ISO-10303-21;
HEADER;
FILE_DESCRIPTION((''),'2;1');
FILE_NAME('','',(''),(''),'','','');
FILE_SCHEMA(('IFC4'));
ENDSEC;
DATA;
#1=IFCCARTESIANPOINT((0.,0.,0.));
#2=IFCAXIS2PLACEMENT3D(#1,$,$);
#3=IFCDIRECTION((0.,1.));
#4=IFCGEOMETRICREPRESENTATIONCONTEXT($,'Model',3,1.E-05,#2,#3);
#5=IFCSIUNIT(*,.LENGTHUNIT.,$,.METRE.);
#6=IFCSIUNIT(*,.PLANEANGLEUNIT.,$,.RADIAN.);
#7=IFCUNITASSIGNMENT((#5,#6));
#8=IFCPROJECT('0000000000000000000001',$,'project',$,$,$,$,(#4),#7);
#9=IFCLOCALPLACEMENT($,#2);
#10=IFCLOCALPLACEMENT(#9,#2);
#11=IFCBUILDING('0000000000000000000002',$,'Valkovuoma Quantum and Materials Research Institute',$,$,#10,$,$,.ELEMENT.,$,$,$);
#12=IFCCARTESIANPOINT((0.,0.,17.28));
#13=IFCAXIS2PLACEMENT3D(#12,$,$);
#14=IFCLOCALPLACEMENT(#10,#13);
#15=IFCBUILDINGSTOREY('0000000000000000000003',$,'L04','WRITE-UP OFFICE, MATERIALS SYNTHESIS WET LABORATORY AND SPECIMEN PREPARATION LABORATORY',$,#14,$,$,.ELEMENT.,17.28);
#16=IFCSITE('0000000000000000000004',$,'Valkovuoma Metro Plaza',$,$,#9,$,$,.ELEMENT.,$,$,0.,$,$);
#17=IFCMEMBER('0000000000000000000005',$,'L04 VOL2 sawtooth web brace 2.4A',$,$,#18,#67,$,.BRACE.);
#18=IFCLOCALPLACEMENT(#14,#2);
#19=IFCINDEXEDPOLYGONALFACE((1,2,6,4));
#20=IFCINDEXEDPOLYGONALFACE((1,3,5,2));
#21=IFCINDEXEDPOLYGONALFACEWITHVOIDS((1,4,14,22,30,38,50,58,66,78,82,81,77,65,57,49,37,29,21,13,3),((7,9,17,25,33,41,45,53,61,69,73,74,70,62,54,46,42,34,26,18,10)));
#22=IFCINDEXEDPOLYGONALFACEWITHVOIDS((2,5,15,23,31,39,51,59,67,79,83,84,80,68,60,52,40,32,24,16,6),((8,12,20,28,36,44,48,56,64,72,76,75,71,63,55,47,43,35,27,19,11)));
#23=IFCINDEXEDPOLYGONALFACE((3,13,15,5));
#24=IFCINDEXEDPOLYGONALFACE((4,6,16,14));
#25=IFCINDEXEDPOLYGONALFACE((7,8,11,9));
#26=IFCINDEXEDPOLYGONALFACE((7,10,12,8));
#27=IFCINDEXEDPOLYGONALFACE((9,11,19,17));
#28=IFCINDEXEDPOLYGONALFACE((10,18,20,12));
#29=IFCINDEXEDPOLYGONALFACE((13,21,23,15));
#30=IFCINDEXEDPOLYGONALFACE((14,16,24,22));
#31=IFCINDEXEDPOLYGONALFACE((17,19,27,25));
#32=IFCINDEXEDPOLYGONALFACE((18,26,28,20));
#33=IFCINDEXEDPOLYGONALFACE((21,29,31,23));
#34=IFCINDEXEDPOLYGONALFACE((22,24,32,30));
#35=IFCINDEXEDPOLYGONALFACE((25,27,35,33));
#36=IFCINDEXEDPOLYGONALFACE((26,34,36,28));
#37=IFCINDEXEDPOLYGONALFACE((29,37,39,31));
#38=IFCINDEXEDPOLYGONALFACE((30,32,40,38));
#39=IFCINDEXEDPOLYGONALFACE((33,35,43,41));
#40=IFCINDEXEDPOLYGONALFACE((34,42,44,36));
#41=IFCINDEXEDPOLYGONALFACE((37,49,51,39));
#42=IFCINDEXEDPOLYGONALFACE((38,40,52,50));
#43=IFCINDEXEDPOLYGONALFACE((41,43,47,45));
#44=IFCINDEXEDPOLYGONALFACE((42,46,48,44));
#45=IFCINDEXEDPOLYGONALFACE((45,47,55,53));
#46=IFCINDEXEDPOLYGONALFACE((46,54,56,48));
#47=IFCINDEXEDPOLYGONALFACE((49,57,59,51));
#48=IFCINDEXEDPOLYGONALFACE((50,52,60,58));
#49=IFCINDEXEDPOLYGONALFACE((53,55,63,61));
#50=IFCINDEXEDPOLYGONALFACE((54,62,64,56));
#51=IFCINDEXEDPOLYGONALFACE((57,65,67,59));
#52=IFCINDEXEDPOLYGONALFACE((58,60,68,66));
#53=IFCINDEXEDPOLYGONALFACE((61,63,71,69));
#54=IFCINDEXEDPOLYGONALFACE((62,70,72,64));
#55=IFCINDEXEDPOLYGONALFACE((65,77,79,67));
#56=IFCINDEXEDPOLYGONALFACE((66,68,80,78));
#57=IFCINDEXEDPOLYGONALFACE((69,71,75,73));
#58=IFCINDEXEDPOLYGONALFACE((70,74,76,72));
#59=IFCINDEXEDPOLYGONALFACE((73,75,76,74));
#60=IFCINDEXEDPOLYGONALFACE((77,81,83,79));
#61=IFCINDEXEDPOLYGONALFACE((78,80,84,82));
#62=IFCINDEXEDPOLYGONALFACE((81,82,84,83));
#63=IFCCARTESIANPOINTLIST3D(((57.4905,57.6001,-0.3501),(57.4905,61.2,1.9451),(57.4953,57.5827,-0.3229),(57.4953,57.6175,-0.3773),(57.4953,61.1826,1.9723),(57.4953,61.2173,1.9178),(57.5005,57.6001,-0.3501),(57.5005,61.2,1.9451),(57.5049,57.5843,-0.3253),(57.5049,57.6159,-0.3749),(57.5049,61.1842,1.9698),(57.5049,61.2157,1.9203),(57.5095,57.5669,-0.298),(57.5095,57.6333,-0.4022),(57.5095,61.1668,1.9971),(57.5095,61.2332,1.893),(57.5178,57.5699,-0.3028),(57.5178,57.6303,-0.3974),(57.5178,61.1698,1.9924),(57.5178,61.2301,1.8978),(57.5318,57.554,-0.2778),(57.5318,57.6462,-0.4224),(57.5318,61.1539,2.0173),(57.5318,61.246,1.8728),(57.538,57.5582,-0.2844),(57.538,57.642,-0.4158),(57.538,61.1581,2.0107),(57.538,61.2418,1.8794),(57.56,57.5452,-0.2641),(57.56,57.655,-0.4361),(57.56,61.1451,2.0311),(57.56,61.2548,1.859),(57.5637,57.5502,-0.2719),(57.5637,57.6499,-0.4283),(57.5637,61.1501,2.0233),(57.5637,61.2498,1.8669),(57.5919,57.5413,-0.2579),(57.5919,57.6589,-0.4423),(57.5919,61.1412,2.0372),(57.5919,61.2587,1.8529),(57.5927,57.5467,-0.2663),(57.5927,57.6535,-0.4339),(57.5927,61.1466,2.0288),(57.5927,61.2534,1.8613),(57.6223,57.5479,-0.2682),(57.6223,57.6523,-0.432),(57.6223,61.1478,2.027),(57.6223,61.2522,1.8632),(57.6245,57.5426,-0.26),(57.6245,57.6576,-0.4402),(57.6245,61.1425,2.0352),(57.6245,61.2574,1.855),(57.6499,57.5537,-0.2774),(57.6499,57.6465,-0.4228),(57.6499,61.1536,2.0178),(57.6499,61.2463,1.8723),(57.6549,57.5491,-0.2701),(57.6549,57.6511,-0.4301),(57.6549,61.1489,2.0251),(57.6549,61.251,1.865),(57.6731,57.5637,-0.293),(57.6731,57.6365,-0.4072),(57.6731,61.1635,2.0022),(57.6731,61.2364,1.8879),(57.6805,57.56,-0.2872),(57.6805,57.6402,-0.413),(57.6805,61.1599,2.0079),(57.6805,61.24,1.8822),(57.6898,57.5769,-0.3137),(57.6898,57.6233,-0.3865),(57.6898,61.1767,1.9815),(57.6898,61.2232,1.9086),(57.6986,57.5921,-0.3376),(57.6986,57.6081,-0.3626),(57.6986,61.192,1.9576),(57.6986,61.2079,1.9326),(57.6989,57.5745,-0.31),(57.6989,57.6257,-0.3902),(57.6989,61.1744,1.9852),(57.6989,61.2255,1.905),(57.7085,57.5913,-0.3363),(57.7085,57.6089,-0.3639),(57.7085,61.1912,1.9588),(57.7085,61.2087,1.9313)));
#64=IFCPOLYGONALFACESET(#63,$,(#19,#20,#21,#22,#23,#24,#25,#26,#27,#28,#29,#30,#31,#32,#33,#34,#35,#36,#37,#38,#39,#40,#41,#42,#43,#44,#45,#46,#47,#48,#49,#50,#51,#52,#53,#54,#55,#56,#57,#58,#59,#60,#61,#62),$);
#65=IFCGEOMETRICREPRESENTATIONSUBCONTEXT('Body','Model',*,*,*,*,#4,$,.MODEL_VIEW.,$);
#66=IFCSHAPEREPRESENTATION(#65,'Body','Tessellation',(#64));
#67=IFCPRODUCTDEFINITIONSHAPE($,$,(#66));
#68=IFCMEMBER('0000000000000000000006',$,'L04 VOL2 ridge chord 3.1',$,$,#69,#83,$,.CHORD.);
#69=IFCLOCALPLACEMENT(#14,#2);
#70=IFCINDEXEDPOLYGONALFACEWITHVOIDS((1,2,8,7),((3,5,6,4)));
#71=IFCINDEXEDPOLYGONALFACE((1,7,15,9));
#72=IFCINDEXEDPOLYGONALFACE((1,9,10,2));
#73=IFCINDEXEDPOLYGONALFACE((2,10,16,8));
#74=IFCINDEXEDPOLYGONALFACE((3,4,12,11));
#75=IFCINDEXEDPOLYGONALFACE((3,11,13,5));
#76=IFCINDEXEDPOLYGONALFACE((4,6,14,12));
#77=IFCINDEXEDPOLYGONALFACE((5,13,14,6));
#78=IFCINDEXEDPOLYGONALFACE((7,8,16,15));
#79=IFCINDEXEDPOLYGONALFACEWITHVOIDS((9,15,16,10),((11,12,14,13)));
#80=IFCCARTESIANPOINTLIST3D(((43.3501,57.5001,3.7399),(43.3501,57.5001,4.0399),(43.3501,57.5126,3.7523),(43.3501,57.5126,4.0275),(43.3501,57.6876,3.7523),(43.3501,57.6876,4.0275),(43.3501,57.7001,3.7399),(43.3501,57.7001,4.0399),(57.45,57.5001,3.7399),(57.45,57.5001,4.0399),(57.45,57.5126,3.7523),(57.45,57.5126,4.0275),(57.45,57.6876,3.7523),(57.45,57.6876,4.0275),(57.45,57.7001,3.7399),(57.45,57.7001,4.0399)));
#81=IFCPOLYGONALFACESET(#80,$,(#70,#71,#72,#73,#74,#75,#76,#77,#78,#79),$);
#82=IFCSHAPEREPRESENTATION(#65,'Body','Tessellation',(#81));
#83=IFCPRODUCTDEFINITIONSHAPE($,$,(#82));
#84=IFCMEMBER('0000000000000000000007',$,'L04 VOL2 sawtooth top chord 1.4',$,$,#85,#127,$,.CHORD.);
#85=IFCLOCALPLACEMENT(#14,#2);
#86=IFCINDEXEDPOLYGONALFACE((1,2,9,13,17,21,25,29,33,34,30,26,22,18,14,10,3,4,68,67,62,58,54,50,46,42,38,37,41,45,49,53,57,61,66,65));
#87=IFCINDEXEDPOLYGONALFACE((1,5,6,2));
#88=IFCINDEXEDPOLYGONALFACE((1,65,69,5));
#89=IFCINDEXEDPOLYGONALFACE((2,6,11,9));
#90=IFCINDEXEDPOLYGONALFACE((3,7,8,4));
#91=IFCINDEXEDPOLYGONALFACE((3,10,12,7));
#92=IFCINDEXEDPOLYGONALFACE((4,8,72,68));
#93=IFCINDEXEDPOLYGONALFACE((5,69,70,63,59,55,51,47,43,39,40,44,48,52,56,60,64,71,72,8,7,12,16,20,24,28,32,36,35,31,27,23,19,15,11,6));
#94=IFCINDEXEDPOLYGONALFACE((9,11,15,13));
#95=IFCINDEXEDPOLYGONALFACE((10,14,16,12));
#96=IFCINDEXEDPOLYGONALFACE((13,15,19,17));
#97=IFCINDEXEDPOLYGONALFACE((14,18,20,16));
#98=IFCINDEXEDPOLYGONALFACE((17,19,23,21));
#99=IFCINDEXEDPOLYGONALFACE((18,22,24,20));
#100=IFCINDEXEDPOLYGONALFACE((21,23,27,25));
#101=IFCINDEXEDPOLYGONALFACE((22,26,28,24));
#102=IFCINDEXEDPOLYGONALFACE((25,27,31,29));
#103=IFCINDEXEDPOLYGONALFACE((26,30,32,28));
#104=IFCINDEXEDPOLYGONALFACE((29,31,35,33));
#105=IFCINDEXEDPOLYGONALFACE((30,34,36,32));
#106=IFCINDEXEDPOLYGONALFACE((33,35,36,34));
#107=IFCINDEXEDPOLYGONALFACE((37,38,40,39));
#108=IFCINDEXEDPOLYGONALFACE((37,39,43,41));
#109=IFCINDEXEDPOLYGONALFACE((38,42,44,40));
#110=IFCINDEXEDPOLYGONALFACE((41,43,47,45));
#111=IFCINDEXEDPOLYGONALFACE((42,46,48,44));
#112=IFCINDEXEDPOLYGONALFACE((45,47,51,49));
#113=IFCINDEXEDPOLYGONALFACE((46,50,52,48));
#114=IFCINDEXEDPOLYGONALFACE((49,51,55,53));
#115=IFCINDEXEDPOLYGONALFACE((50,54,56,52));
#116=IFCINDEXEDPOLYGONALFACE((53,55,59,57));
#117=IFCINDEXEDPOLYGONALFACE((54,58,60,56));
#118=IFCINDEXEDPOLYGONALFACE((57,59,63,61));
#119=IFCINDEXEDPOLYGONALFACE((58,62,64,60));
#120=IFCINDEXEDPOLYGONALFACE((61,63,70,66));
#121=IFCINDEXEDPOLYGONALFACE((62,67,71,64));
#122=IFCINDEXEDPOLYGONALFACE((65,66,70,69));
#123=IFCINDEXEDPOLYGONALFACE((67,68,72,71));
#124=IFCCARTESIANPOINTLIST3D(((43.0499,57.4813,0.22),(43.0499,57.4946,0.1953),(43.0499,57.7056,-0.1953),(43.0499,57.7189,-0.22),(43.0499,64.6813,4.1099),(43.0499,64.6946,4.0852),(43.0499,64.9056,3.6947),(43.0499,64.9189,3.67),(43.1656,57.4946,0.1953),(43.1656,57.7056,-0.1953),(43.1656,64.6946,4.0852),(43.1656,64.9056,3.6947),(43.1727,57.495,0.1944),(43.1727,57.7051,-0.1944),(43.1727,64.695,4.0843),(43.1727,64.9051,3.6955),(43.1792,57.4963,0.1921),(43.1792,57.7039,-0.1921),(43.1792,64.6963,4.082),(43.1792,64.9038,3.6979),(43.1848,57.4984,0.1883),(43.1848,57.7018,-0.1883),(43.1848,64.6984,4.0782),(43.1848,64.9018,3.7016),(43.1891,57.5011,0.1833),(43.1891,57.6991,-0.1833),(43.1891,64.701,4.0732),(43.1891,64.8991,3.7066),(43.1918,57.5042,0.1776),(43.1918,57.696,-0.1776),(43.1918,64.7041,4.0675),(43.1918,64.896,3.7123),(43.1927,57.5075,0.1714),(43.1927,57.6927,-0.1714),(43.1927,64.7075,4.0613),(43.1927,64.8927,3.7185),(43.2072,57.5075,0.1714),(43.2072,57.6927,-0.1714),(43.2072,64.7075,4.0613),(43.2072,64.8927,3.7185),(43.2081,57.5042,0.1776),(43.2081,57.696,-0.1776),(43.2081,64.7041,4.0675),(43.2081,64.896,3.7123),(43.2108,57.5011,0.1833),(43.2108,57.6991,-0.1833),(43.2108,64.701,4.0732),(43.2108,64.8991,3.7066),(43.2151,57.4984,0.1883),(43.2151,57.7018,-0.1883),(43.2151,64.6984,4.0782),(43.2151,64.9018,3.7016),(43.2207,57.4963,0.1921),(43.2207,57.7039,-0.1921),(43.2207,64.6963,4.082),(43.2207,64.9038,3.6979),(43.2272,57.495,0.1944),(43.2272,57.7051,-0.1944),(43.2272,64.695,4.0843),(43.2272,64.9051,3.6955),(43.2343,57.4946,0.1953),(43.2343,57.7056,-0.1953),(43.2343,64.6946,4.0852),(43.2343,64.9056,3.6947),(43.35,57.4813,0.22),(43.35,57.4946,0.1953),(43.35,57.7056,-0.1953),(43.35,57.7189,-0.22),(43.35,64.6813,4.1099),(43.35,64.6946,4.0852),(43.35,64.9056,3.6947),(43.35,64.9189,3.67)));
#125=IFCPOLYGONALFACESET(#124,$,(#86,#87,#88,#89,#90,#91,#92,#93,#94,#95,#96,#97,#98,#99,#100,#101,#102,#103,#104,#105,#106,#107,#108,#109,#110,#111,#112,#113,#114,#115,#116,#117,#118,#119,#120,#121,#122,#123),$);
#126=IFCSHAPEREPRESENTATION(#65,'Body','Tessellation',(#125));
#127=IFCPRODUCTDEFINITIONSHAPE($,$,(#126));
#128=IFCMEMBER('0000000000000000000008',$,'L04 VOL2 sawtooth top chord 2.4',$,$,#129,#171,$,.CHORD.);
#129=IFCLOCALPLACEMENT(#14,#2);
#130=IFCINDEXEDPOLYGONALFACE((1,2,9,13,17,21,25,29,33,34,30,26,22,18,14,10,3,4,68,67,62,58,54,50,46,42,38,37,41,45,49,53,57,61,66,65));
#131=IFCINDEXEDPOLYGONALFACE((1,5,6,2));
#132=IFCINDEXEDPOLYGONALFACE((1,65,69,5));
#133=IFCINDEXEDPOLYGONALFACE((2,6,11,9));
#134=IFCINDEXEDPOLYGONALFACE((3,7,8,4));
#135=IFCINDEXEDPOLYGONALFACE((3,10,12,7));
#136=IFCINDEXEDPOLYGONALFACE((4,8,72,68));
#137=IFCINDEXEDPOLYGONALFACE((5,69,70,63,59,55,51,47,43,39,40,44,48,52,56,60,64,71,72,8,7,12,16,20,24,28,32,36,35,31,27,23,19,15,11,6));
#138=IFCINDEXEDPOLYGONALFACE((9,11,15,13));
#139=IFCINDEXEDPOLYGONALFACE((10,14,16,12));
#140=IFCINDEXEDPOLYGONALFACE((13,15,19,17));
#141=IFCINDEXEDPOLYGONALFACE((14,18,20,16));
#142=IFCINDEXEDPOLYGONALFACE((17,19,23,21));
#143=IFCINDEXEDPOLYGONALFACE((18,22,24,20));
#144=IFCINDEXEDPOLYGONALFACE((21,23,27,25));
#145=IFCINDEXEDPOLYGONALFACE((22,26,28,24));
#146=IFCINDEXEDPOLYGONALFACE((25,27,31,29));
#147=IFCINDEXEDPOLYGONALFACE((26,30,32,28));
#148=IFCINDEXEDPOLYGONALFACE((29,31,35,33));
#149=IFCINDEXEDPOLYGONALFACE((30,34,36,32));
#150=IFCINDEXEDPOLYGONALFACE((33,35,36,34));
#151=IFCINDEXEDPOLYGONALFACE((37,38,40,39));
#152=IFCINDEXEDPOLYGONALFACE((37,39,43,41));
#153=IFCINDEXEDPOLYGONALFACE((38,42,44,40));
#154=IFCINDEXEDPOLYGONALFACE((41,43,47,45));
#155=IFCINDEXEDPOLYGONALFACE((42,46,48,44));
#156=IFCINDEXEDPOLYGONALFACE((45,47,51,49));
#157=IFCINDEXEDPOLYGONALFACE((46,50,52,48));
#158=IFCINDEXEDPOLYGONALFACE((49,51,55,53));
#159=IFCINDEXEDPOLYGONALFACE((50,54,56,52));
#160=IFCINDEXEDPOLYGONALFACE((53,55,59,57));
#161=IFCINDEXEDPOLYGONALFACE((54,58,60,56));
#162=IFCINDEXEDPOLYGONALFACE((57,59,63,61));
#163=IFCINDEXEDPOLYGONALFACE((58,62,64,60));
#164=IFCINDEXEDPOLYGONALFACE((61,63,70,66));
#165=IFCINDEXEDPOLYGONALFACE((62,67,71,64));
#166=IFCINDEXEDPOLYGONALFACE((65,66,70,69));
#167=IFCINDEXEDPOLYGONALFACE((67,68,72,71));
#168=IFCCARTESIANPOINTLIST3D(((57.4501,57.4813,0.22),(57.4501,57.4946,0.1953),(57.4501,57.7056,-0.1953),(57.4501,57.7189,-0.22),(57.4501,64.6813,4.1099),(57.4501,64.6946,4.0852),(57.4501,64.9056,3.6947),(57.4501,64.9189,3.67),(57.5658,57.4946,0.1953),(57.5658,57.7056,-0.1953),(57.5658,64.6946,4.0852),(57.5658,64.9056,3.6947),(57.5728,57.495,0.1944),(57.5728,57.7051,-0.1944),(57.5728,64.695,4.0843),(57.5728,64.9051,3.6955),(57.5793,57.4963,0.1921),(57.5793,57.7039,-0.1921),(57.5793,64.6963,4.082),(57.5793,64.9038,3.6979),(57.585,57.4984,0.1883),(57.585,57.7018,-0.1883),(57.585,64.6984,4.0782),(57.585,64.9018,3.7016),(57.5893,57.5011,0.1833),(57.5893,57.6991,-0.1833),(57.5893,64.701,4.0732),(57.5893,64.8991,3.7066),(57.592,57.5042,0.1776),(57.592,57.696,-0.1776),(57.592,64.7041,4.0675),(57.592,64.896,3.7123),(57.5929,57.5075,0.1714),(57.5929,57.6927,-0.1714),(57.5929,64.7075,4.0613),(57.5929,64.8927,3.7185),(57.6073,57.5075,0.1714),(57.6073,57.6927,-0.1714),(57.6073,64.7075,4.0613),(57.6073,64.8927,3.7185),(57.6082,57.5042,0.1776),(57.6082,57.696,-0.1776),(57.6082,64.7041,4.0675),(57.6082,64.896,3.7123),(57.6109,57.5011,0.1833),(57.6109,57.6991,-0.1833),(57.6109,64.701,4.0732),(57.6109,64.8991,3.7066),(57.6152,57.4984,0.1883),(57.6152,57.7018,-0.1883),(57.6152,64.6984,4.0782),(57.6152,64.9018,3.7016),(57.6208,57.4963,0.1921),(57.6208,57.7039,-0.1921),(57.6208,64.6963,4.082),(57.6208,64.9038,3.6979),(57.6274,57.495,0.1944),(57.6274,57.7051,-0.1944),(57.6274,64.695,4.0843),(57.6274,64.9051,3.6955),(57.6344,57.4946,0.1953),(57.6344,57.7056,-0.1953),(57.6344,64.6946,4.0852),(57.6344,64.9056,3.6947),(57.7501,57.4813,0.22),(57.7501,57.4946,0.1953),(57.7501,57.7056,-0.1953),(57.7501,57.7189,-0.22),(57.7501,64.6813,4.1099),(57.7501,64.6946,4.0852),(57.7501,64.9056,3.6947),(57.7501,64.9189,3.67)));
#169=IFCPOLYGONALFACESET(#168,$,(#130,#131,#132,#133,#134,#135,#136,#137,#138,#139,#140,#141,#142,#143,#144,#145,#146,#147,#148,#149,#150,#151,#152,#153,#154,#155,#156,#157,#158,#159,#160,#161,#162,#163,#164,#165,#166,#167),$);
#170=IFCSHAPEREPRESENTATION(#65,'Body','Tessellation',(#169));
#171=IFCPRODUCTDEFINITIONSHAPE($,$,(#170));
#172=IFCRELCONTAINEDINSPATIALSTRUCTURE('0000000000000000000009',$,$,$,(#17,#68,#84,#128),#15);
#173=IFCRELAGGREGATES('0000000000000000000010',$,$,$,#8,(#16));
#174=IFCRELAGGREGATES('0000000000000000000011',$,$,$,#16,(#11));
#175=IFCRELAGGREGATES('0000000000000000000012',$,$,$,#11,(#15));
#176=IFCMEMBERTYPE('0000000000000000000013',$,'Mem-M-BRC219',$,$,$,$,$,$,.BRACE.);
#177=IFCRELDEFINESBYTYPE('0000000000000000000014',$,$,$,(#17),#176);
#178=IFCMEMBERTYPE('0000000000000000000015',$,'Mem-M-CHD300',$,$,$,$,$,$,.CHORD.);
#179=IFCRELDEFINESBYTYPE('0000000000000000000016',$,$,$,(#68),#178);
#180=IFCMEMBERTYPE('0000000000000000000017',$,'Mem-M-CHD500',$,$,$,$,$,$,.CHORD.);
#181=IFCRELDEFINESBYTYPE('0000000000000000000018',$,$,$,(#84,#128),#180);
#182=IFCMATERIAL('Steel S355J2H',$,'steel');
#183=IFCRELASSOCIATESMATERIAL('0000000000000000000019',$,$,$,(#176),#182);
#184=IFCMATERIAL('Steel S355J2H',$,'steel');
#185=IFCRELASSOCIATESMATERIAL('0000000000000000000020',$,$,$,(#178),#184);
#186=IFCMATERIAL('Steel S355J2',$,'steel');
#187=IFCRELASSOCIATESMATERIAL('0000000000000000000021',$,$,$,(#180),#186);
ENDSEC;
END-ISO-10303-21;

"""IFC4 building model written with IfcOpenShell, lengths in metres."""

from ifc_helpers import new_model, si_unit, direction, frame, origin, origin_2d, place, context, subcontext, project, spatial, hollow_rectangle, hollow_circle, i_section, extrude, material, material_profile, profile_set, type_object, element, save


model = new_model("IFC4")

# Units and contexts
model_context = context("Model", 3, precision=1e-05, world=origin(), true_north=direction((0.0, 1.0)))
body_context = subcontext(model_context, "Body", "Model", "MODEL_VIEW")
ifc_project = project(units=[si_unit("LENGTHUNIT", "METRE"), si_unit("PLANEANGLEUNIT", "RADIAN")], contexts=[model_context])

# Site, building, storey
site_placement = place(None, origin())
site = spatial("IfcSite", under=ifc_project, at=site_placement, Name="Valkovuoma Metro Plaza", CompositionType="ELEMENT", RefElevation=0.0)
building_placement = place(site_placement, origin())
building = spatial("IfcBuilding", under=site, at=building_placement, Name="Valkovuoma Quantum and Materials Research Institute", CompositionType="ELEMENT")
storey_placement = place(building_placement, frame((0.0, 0.0, 17.28)))
storey = spatial("IfcBuildingStorey", under=building, at=storey_placement, Name="L04", Description="WRITE-UP OFFICE, MATERIALS SYNTHESIS WET LABORATORY AND SPECIMEN PREPARATION LABORATORY", CompositionType="ELEMENT", Elevation=17.28)

# Members
ifc_material_1 = material(Name="Steel S355J2H", Category="steel")
ifc_material_profile_1 = material_profile(ifc_material_1, hollow_circle(Radius=0.1096, WallThickness=0.01, at=origin_2d()), Name="Steel S355J2H")
ifc_profile_set_1 = profile_set([ifc_material_profile_1], Name="Steel S355J2H")
member_type_1 = type_object("IfcMemberType", Name="Mem-M-BRC219", PredefinedType="BRACE", material=ifc_profile_set_1)
for number, where, z_axis, x_axis, name in (
    (1, (57.6001, 57.6001, -0.3501), (0.0, 0.8432, 0.537601), (-1.0, 0.0, 0.0), "L04 VOL2 sawtooth web brace 2.4A"),
):
    element("IfcMember", number, at=place(storey_placement, frame(where, z_axis=z_axis, x_axis=x_axis)), inside=storey, type_object=member_type_1, Name=name, PredefinedType="BRACE", context=body_context, shape_type="SweptSolid", body=[
        extrude(hollow_circle(Radius=0.1096, WallThickness=0.01, at=origin_2d()), origin(), (0.0, 0.0, 1.0), 4.2693),
    ])
ifc_material_2 = material(Name="Steel S355J2H", Category="steel")
ifc_material_profile_2 = material_profile(ifc_material_2, hollow_rectangle(XDim=0.2, YDim=0.3, WallThickness=0.0125, at=origin_2d()), Name="Steel S355J2H")
ifc_profile_set_2 = profile_set([ifc_material_profile_2], Name="Steel S355J2H")
member_type_2 = type_object("IfcMemberType", Name="Mem-M-CHD300", PredefinedType="CHORD", material=ifc_profile_set_2)
member_1_placement = place(storey_placement, frame((43.3501, 57.6001, 3.8899), z_axis=(1.0, 0.0, 0.0), x_axis=(0.0, 1.0, 0.0)))
element("IfcMember", 2, at=member_1_placement, inside=storey, type_object=member_type_2, Name="L04 VOL2 ridge chord 3.1", PredefinedType="CHORD", context=body_context, shape_type="SweptSolid", body=[
    extrude(hollow_rectangle(XDim=0.2, YDim=0.3, WallThickness=0.0125, at=origin_2d()), origin(), (0.0, 0.0, 1.0), 14.0999),
])
ifc_material_3 = material(Name="Steel S355J2", Category="steel")
ifc_material_profile_3 = material_profile(ifc_material_3, i_section(OverallWidth=0.3, OverallDepth=0.5, WebThickness=0.0144, FlangeThickness=0.0281, FilletRadius=0.0271, at=origin_2d()), Name="Steel S355J2")
ifc_profile_set_3 = profile_set([ifc_material_profile_3], Name="Steel S355J2")
member_type_3 = type_object("IfcMemberType", Name="Mem-M-CHD500", PredefinedType="CHORD", material=ifc_profile_set_3)
for number, where, z_axis, x_axis, name in (
    (3, (43.2, 57.6001, 0.0), (0.0, 0.879807, 0.47533), (-1.0, 0.0, 0.0), "L04 VOL2 sawtooth top chord 1.4"),
    (4, (57.6001, 57.6001, 0.0), (0.0, 0.879807, 0.47533), (-1.0, 0.0, 0.0), "L04 VOL2 sawtooth top chord 2.4"),
):
    element("IfcMember", number, at=place(storey_placement, frame(where, z_axis=z_axis, x_axis=x_axis)), inside=storey, type_object=member_type_3, Name=name, PredefinedType="CHORD", context=body_context, shape_type="SweptSolid", body=[
        extrude(i_section(OverallWidth=0.3, OverallDepth=0.5, WebThickness=0.0144, FlangeThickness=0.0281, FilletRadius=0.0271, at=origin_2d()), origin(), (0.0, 0.0, 1.0), 8.1836),
    ])

save(model, "model.ifc")
